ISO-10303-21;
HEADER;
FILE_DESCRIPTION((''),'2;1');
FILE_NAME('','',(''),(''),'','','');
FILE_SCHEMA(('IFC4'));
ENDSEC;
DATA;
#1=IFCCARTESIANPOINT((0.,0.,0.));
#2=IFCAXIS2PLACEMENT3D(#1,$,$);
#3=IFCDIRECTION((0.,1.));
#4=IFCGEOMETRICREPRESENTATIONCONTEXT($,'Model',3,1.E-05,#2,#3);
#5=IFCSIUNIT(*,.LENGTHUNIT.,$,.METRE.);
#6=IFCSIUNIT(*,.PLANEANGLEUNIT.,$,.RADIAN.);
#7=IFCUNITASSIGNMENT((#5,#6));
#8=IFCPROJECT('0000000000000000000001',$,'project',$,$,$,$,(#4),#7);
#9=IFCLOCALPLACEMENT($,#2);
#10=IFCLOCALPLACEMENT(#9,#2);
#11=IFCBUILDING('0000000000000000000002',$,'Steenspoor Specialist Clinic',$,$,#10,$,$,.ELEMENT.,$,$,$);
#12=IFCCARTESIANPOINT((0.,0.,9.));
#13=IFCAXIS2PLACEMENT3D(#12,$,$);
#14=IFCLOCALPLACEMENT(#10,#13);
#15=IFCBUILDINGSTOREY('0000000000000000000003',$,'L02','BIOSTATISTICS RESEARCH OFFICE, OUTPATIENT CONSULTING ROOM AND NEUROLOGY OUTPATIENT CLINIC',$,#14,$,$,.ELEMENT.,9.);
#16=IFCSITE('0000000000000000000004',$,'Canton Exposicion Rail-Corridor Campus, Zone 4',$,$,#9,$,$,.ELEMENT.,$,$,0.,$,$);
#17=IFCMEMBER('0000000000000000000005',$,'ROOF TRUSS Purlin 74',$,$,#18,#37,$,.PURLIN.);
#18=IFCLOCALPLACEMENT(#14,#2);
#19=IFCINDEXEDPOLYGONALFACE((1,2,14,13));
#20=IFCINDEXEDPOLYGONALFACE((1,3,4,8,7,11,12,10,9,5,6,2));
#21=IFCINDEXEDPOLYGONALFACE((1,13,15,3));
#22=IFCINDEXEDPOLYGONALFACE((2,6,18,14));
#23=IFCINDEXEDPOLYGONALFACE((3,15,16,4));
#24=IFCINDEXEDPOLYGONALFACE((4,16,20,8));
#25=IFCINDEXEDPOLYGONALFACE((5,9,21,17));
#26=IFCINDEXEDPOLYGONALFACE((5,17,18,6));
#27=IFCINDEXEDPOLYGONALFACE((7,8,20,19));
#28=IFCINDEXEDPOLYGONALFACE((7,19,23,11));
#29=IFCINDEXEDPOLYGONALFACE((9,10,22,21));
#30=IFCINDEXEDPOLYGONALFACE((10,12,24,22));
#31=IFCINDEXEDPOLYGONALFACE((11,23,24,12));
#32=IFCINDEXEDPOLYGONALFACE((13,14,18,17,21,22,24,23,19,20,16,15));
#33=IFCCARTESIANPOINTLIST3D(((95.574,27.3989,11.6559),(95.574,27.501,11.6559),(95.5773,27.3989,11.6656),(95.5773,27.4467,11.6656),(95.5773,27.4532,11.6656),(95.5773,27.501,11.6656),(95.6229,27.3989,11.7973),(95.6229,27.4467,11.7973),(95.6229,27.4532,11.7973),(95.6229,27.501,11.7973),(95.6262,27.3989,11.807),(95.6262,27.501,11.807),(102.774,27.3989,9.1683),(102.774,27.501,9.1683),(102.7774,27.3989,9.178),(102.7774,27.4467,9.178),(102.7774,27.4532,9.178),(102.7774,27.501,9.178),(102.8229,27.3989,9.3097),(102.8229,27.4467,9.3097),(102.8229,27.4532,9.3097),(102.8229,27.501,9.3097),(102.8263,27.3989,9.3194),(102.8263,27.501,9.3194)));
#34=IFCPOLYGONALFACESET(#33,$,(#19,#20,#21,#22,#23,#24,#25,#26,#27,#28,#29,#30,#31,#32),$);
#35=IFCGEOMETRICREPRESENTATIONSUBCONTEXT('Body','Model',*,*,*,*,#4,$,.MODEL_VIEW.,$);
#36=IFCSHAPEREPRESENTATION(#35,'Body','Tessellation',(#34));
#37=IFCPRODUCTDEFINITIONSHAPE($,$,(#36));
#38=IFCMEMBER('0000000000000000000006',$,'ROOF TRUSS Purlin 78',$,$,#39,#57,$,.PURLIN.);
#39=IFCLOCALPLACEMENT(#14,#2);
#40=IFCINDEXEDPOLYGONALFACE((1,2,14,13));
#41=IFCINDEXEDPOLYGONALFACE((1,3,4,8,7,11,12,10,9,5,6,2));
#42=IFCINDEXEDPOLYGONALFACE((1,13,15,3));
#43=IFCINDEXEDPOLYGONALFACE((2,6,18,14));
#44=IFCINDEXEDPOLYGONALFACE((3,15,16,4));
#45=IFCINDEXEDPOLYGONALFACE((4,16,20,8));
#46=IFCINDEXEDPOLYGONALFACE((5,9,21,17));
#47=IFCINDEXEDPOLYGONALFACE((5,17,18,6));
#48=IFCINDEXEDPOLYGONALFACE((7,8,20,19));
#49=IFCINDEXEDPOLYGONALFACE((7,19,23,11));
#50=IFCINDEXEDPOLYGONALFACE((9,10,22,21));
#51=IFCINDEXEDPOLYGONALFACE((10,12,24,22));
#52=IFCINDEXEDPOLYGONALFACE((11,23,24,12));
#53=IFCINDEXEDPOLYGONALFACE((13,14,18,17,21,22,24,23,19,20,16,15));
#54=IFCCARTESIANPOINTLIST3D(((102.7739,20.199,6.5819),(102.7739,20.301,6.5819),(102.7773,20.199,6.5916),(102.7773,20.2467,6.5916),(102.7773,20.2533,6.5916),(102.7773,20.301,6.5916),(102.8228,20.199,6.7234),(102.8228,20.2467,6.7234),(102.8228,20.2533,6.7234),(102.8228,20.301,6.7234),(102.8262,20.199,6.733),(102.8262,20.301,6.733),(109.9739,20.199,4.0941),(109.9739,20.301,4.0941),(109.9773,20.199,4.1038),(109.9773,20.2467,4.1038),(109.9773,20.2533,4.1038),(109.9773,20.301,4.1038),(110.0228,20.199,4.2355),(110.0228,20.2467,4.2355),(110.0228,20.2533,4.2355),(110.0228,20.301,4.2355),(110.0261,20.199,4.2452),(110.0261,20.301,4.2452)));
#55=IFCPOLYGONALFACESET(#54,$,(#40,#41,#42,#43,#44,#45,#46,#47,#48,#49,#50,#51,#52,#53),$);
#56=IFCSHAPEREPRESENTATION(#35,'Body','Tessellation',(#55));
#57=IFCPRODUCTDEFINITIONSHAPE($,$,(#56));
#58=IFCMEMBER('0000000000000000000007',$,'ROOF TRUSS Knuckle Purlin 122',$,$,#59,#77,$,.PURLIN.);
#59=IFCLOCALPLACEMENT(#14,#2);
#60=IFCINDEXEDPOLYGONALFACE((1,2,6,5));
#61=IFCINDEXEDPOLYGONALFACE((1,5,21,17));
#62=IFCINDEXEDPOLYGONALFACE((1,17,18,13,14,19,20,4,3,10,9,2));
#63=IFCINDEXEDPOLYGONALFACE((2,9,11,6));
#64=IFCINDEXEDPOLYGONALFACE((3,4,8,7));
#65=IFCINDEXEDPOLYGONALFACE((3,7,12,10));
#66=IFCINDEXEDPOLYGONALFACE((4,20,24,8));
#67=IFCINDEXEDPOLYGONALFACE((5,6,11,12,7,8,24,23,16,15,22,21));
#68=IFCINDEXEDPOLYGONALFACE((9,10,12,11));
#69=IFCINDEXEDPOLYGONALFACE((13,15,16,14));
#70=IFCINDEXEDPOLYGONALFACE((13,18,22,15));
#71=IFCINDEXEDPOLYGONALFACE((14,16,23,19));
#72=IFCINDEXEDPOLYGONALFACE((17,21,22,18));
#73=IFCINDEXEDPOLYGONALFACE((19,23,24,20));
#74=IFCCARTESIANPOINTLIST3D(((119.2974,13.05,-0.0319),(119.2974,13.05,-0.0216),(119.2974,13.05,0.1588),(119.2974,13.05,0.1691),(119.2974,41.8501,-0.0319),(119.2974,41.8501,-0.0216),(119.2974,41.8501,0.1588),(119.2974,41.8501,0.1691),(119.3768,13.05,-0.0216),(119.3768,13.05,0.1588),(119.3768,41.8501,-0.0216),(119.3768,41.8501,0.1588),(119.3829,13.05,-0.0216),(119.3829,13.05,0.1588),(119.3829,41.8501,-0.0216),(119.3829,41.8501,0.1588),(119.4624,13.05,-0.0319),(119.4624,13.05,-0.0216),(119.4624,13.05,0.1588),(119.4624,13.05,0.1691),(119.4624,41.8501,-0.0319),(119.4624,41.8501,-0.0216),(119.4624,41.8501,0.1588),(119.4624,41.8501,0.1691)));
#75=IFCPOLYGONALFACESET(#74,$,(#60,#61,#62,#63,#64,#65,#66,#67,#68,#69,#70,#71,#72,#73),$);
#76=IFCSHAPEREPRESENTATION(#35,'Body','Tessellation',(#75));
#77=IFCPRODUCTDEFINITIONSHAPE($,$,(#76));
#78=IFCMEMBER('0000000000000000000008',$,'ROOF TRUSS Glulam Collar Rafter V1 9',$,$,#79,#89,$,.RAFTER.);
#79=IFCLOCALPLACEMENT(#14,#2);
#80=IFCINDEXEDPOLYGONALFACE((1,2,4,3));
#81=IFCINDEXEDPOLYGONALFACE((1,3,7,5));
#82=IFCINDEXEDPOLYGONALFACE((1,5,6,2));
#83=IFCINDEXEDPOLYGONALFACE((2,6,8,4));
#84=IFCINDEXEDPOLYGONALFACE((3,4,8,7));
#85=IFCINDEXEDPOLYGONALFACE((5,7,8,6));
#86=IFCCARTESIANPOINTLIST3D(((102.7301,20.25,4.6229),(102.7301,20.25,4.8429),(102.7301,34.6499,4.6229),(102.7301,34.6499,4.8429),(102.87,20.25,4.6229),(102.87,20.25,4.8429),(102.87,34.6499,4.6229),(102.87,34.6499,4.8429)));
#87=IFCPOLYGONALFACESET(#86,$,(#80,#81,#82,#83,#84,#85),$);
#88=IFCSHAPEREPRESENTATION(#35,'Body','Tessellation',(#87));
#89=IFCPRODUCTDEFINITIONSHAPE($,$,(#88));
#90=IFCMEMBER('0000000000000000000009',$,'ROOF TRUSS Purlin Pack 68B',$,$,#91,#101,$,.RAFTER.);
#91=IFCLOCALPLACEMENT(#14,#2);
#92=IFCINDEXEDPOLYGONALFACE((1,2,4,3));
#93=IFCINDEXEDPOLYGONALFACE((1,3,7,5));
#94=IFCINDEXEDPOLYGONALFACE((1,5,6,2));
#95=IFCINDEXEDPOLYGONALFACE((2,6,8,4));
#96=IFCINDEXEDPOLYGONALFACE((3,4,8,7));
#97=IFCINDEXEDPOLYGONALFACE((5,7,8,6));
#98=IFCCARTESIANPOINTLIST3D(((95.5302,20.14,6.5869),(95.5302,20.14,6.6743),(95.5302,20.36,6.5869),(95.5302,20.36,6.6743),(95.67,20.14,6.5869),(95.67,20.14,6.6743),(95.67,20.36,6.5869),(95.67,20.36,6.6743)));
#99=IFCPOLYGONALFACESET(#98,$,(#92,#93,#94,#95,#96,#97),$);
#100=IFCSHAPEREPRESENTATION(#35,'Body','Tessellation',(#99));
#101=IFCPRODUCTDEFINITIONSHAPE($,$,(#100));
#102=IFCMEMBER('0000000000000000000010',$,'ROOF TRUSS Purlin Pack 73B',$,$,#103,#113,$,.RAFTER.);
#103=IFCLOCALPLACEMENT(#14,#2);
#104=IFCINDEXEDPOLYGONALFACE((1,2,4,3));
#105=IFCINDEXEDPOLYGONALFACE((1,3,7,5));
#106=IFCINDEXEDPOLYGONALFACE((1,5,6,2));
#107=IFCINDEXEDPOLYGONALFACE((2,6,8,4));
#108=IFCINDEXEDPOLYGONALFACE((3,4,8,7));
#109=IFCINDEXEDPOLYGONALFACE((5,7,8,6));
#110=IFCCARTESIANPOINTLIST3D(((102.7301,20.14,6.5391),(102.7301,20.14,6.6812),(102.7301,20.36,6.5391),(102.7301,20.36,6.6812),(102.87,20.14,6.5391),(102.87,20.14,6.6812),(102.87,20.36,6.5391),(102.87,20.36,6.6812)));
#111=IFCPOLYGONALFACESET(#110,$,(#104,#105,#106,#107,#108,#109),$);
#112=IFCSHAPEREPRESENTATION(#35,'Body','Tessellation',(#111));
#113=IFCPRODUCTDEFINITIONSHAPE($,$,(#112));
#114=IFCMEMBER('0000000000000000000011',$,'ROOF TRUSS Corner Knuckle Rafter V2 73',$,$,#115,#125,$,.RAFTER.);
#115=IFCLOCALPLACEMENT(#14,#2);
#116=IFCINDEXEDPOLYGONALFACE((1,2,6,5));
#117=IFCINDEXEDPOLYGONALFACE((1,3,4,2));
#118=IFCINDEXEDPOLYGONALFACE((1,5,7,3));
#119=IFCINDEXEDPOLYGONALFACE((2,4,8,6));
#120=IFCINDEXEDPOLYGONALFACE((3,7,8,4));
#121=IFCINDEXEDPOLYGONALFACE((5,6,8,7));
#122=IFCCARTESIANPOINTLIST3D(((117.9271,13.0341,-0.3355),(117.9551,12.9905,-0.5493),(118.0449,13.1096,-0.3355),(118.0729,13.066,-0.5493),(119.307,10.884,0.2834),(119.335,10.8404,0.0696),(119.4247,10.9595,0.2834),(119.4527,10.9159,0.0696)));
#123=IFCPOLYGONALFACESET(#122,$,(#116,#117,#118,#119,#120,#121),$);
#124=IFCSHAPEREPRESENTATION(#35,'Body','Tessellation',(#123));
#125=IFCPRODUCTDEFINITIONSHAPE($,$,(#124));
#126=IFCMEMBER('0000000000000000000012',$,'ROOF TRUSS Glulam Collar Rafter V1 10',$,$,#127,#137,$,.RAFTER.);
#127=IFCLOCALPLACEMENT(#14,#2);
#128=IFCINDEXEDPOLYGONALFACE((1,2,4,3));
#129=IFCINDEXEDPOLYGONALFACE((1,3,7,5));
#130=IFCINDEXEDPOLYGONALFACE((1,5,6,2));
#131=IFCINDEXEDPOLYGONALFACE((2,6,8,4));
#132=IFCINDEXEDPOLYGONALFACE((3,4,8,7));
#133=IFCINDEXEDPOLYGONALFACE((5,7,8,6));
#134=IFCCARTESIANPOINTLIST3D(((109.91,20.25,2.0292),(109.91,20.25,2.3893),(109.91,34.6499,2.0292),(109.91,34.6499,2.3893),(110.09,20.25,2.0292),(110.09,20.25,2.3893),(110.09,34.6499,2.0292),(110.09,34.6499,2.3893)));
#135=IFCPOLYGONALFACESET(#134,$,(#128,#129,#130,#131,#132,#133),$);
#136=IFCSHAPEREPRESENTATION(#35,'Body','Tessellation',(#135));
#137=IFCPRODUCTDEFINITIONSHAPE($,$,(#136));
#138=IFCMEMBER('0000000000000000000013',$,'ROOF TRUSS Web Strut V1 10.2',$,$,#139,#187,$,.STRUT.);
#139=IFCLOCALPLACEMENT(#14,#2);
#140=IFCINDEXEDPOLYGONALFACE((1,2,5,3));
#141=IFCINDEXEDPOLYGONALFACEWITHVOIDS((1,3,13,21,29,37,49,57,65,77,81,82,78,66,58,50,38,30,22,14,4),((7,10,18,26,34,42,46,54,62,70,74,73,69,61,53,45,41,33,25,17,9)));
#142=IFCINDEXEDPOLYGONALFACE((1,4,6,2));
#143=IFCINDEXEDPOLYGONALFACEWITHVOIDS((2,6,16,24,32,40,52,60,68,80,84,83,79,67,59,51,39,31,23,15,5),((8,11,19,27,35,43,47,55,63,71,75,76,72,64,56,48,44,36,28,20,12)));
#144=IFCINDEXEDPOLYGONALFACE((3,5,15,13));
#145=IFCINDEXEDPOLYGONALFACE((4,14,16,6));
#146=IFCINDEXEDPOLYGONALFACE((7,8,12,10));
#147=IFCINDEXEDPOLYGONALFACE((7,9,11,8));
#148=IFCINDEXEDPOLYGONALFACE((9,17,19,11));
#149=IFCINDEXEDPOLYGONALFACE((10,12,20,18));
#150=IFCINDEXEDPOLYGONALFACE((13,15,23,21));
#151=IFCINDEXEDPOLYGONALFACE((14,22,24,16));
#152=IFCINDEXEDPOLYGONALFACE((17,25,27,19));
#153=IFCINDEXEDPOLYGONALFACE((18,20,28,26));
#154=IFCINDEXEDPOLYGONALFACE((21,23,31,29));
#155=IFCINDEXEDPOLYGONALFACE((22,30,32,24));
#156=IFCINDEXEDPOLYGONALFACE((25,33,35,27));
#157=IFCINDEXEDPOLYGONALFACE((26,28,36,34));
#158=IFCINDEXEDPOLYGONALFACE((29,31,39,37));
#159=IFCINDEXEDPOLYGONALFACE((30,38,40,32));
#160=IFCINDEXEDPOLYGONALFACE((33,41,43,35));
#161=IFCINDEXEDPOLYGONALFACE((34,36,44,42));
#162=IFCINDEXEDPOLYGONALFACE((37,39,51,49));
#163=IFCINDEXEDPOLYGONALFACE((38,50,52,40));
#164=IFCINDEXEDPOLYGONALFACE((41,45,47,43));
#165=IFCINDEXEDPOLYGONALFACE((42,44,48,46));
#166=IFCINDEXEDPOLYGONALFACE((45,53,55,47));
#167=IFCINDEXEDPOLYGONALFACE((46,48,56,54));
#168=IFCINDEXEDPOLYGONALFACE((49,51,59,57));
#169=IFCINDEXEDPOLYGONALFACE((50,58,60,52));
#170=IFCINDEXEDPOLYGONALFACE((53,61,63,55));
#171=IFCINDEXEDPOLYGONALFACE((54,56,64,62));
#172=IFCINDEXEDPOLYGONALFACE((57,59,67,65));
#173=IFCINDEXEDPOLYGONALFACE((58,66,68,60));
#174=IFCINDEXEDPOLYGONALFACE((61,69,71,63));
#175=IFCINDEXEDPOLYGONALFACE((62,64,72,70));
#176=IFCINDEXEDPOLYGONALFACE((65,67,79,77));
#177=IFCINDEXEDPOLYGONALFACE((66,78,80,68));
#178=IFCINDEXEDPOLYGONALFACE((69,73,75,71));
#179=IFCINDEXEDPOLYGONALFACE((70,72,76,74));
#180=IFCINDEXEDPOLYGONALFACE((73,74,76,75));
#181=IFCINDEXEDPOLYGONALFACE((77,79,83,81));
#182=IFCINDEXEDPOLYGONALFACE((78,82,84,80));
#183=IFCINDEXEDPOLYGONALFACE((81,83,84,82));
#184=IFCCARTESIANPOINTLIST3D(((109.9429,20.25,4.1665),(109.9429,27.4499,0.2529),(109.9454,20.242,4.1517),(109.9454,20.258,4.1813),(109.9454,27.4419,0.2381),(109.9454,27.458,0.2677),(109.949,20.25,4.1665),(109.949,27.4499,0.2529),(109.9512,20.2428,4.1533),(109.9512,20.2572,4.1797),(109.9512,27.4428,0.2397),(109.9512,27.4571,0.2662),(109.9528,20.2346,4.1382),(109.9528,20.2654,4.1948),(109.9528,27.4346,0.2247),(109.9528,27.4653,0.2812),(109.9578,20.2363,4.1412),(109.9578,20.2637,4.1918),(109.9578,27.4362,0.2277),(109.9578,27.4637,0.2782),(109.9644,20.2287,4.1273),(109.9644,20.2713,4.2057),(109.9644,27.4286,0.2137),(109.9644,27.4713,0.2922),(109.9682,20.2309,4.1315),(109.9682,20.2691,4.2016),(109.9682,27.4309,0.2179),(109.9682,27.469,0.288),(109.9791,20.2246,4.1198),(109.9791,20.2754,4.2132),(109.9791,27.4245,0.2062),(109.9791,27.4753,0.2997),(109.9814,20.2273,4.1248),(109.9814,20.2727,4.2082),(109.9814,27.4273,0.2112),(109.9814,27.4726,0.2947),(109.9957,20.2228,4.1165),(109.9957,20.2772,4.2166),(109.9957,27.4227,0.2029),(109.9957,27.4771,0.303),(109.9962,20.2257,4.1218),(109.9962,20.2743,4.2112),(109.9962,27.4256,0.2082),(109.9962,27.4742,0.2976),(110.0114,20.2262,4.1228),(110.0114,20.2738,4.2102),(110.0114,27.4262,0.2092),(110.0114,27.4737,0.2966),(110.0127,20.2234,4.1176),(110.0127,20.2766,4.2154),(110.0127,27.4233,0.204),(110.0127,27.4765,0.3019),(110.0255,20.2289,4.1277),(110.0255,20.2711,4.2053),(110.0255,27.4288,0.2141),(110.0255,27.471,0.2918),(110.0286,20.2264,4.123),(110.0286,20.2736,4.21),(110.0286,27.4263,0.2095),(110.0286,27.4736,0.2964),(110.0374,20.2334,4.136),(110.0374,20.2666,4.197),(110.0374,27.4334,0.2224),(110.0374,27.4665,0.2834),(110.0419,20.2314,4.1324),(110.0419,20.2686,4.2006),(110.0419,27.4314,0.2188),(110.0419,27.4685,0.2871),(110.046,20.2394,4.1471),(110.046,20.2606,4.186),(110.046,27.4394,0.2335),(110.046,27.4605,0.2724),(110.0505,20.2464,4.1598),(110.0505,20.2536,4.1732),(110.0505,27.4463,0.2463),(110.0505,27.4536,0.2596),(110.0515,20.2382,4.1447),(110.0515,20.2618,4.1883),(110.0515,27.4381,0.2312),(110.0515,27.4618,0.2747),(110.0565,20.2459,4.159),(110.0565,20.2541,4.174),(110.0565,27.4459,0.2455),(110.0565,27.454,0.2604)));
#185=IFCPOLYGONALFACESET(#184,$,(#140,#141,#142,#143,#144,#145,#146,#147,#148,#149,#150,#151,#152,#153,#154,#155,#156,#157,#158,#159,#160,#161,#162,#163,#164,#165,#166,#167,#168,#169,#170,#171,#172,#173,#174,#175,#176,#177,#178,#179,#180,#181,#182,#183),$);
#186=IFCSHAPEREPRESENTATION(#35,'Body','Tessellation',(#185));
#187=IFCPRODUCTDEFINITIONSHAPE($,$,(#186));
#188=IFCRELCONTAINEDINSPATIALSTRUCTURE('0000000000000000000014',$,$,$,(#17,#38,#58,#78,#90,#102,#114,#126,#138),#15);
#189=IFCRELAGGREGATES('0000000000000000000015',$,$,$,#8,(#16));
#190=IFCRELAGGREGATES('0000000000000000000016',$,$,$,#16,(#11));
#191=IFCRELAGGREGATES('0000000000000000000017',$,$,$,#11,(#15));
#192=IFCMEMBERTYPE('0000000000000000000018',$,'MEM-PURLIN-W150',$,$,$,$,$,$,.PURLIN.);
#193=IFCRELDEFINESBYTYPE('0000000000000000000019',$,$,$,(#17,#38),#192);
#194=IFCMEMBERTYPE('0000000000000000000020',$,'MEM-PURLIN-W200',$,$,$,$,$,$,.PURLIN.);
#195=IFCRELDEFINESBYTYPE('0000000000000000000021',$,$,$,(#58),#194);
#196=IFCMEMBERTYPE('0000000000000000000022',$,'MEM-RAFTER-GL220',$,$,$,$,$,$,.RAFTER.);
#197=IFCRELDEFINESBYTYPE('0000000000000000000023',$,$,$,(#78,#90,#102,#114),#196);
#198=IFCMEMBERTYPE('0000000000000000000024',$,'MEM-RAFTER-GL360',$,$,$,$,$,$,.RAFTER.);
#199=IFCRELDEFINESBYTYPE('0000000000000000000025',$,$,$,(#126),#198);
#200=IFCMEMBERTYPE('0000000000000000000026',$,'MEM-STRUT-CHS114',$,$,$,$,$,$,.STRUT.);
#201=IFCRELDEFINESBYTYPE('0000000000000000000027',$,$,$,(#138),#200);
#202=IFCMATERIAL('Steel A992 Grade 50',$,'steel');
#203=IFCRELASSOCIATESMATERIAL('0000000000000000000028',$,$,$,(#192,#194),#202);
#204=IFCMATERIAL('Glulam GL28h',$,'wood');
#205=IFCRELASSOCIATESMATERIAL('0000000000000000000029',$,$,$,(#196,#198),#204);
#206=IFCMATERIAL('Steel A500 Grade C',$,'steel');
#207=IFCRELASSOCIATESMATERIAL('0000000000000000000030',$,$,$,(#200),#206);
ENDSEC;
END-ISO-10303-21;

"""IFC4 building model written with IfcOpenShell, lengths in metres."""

from ifc_helpers import new_model, si_unit, direction, frame, origin, origin_2d, place, context, subcontext, project, spatial, rectangle, hollow_circle, i_section, extrude, material, material_profile, profile_set, type_object, element, save


model = new_model("IFC4")

# Units and contexts
model_context = context("Model", 3, precision=1e-05, world=origin(), true_north=direction((0.0, 1.0)))
body_context = subcontext(model_context, "Body", "Model", "MODEL_VIEW")
ifc_project = project(units=[si_unit("LENGTHUNIT", "METRE"), si_unit("PLANEANGLEUNIT", "RADIAN")], contexts=[model_context])

# Site, building, storey
site_placement = place(None, origin())
site = spatial("IfcSite", under=ifc_project, at=site_placement, Name="Canton Exposicion Rail-Corridor Campus, Zone 4", CompositionType="ELEMENT", RefElevation=0.0)
building_placement = place(site_placement, origin())
building = spatial("IfcBuilding", under=site, at=building_placement, Name="Steenspoor Specialist Clinic", CompositionType="ELEMENT")
storey_placement = place(building_placement, frame((0.0, 0.0, 9.0)))
storey = spatial("IfcBuildingStorey", under=building, at=storey_placement, Name="L02", Description="BIOSTATISTICS RESEARCH OFFICE, OUTPATIENT CONSULTING ROOM AND NEUROLOGY OUTPATIENT CLINIC", CompositionType="ELEMENT", Elevation=9.0)

# Members
ifc_material_1 = material(Name="Steel A500 Grade C", Category="steel")
ifc_material_2 = material(Name="Steel A992 Grade 50", Category="steel")
ifc_material_profile_1 = material_profile(ifc_material_2, i_section(OverallWidth=0.1021, OverallDepth=0.1599, WebThickness=0.0066, FlangeThickness=0.0103, at=origin_2d()), Name="W150X24")
ifc_profile_set_1 = profile_set([ifc_material_profile_1], Name="Steel A992 Grade 50")
member_type_1 = type_object("IfcMemberType", Name="MEM-PURLIN-W150", PredefinedType="PURLIN", material=ifc_profile_set_1)
for number, where, z_axis, x_axis, name in (
    (1, (95.6001, 27.45, 11.7314), (0.945178, 0.0, -0.326555), (0.0, 1.0, 0.0), "ROOF TRUSS Purlin 74"),
    (2, (102.8, 20.25, 6.6575), (0.945168, 0.0, -0.326583), (0.0, 1.0, 0.0), "ROOF TRUSS Purlin 78"),
):
    element("IfcMember", number, at=place(storey_placement, frame(where, z_axis=z_axis, x_axis=x_axis)), inside=storey, type_object=member_type_1, Name=name, PredefinedType="PURLIN", context=body_context, shape_type="SweptSolid", body=[
        extrude(i_section(OverallWidth=0.1021, OverallDepth=0.1599, WebThickness=0.0066, FlangeThickness=0.0103, at=origin_2d()), origin(), (0.0, 0.0, 1.0), 7.6177),
    ])
ifc_material_profile_2 = material_profile(ifc_material_2, i_section(OverallWidth=0.165, OverallDepth=0.2009, WebThickness=0.0061, FlangeThickness=0.0103, at=origin_2d()), Name="W200X36")
ifc_profile_set_2 = profile_set([ifc_material_profile_2], Name="Steel A992 Grade 50")
member_type_2 = type_object("IfcMemberType", Name="MEM-PURLIN-W200", PredefinedType="PURLIN", material=ifc_profile_set_2)
member_1_placement = place(storey_placement, frame((119.3799, 13.05, 0.0686), z_axis=(0.0, 1.0, 0.0), x_axis=(-1.0, 0.0, 0.0)))
element("IfcMember", 3, at=member_1_placement, inside=storey, type_object=member_type_2, Name="ROOF TRUSS Knuckle Purlin 122", PredefinedType="PURLIN", context=body_context, shape_type="SweptSolid", body=[
    extrude(i_section(OverallWidth=0.165, OverallDepth=0.2009, WebThickness=0.0061, FlangeThickness=0.0103, at=origin_2d()), origin(), (0.0, 0.0, 1.0), 28.8),
])
ifc_material_3 = material(Name="Glulam GL28h", Category="wood")
ifc_material_profile_3 = material_profile(ifc_material_3, rectangle(XDim=0.1399, YDim=0.22, at=origin_2d()), Name="GL28H-140X220")
ifc_profile_set_3 = profile_set([ifc_material_profile_3], Name="Glulam GL28h")
member_type_3 = type_object("IfcMemberType", Name="MEM-RAFTER-GL220", PredefinedType="RAFTER", material=ifc_profile_set_3)
member_2_placement = place(storey_placement, frame((102.8, 20.25, 4.7329), z_axis=(0.0, 1.0, 0.0), x_axis=(-1.0, 0.0, 0.0)))
element("IfcMember", 4, at=member_2_placement, inside=storey, type_object=member_type_3, Name="ROOF TRUSS Glulam Collar Rafter V1 9", PredefinedType="RAFTER", context=body_context, shape_type="SweptSolid", body=[
    extrude(rectangle(XDim=0.1399, YDim=0.22, at=origin_2d()), origin(), (0.0, 0.0, 1.0), 14.3999),
])
member_3_placement = place(storey_placement, frame((95.6001, 20.25, 6.5869), z_axis=(0.0, 0.0, 1.0), x_axis=(1.0, 0.0, 0.0)))
element("IfcMember", 5, at=member_3_placement, inside=storey, type_object=member_type_3, Name="ROOF TRUSS Purlin Pack 68B", PredefinedType="RAFTER", context=body_context, shape_type="SweptSolid", body=[
    extrude(rectangle(XDim=0.1399, YDim=0.22, at=origin_2d()), origin(), (0.0, 0.0, 1.0), 0.0874),
])
member_4_placement = place(storey_placement, frame((102.8, 20.25, 6.5391), z_axis=(0.0, 0.0, 1.0), x_axis=(1.0, 0.0, 0.0)))
element("IfcMember", 6, at=member_4_placement, inside=storey, type_object=member_type_3, Name="ROOF TRUSS Purlin Pack 73B", PredefinedType="RAFTER", context=body_context, shape_type="SweptSolid", body=[
    extrude(rectangle(XDim=0.1399, YDim=0.22, at=origin_2d()), origin(), (0.0, 0.0, 1.0), 0.1421),
])
member_5_placement = place(storey_placement, frame((118.0, 13.05, -0.4424), z_axis=(0.524923, -0.81794, 0.235435), x_axis=(0.841597, 0.540105, 0.0)))
element("IfcMember", 7, at=member_5_placement, inside=storey, type_object=member_type_3, Name="ROOF TRUSS Corner Knuckle Rafter V2 73", PredefinedType="RAFTER", context=body_context, shape_type="SweptSolid", body=[
    extrude(rectangle(XDim=0.1399, YDim=0.22, at=origin_2d()), origin(), (0.0, 0.0, 1.0), 2.6287),
])
ifc_material_profile_4 = material_profile(ifc_material_3, rectangle(XDim=0.1799, YDim=0.3601, at=origin_2d()), Name="GL28H-180X360")
ifc_profile_set_4 = profile_set([ifc_material_profile_4], Name="Glulam GL28h")
member_type_4 = type_object("IfcMemberType", Name="MEM-RAFTER-GL360", PredefinedType="RAFTER", material=ifc_profile_set_4)
member_6_placement = place(storey_placement, frame((110.0, 20.25, 2.2092), z_axis=(0.0, 1.0, 0.0), x_axis=(-1.0, 0.0, 0.0)))
element("IfcMember", 8, at=member_6_placement, inside=storey, type_object=member_type_4, Name="ROOF TRUSS Glulam Collar Rafter V1 10", PredefinedType="RAFTER", context=body_context, shape_type="SweptSolid", body=[
    extrude(rectangle(XDim=0.1799, YDim=0.3601, at=origin_2d()), origin(), (0.0, 0.0, 1.0), 14.3999),
])
ifc_material_profile_5 = material_profile(ifc_material_1, hollow_circle(Radius=0.0571, WallThickness=0.0061, at=origin_2d()), Name="CHS114X6.0")
ifc_profile_set_5 = profile_set([ifc_material_profile_5], Name="Steel A500 Grade C")
member_type_5 = type_object("IfcMemberType", Name="MEM-STRUT-CHS114", PredefinedType="STRUT", material=ifc_profile_set_5)
member_7_placement = place(storey_placement, frame((110.0, 20.25, 4.1665), z_axis=(0.0, 0.878596, -0.477566), x_axis=(-1.0, 0.0, 0.0)))
element("IfcMember", 9, at=member_7_placement, inside=storey, type_object=member_type_5, Name="ROOF TRUSS Web Strut V1 10.2", PredefinedType="STRUT", context=body_context, shape_type="SweptSolid", body=[
    extrude(hollow_circle(Radius=0.0571, WallThickness=0.0061, at=origin_2d()), origin(), (0.0, 0.0, 1.0), 8.1948),
])

save(model, "model.ifc")
